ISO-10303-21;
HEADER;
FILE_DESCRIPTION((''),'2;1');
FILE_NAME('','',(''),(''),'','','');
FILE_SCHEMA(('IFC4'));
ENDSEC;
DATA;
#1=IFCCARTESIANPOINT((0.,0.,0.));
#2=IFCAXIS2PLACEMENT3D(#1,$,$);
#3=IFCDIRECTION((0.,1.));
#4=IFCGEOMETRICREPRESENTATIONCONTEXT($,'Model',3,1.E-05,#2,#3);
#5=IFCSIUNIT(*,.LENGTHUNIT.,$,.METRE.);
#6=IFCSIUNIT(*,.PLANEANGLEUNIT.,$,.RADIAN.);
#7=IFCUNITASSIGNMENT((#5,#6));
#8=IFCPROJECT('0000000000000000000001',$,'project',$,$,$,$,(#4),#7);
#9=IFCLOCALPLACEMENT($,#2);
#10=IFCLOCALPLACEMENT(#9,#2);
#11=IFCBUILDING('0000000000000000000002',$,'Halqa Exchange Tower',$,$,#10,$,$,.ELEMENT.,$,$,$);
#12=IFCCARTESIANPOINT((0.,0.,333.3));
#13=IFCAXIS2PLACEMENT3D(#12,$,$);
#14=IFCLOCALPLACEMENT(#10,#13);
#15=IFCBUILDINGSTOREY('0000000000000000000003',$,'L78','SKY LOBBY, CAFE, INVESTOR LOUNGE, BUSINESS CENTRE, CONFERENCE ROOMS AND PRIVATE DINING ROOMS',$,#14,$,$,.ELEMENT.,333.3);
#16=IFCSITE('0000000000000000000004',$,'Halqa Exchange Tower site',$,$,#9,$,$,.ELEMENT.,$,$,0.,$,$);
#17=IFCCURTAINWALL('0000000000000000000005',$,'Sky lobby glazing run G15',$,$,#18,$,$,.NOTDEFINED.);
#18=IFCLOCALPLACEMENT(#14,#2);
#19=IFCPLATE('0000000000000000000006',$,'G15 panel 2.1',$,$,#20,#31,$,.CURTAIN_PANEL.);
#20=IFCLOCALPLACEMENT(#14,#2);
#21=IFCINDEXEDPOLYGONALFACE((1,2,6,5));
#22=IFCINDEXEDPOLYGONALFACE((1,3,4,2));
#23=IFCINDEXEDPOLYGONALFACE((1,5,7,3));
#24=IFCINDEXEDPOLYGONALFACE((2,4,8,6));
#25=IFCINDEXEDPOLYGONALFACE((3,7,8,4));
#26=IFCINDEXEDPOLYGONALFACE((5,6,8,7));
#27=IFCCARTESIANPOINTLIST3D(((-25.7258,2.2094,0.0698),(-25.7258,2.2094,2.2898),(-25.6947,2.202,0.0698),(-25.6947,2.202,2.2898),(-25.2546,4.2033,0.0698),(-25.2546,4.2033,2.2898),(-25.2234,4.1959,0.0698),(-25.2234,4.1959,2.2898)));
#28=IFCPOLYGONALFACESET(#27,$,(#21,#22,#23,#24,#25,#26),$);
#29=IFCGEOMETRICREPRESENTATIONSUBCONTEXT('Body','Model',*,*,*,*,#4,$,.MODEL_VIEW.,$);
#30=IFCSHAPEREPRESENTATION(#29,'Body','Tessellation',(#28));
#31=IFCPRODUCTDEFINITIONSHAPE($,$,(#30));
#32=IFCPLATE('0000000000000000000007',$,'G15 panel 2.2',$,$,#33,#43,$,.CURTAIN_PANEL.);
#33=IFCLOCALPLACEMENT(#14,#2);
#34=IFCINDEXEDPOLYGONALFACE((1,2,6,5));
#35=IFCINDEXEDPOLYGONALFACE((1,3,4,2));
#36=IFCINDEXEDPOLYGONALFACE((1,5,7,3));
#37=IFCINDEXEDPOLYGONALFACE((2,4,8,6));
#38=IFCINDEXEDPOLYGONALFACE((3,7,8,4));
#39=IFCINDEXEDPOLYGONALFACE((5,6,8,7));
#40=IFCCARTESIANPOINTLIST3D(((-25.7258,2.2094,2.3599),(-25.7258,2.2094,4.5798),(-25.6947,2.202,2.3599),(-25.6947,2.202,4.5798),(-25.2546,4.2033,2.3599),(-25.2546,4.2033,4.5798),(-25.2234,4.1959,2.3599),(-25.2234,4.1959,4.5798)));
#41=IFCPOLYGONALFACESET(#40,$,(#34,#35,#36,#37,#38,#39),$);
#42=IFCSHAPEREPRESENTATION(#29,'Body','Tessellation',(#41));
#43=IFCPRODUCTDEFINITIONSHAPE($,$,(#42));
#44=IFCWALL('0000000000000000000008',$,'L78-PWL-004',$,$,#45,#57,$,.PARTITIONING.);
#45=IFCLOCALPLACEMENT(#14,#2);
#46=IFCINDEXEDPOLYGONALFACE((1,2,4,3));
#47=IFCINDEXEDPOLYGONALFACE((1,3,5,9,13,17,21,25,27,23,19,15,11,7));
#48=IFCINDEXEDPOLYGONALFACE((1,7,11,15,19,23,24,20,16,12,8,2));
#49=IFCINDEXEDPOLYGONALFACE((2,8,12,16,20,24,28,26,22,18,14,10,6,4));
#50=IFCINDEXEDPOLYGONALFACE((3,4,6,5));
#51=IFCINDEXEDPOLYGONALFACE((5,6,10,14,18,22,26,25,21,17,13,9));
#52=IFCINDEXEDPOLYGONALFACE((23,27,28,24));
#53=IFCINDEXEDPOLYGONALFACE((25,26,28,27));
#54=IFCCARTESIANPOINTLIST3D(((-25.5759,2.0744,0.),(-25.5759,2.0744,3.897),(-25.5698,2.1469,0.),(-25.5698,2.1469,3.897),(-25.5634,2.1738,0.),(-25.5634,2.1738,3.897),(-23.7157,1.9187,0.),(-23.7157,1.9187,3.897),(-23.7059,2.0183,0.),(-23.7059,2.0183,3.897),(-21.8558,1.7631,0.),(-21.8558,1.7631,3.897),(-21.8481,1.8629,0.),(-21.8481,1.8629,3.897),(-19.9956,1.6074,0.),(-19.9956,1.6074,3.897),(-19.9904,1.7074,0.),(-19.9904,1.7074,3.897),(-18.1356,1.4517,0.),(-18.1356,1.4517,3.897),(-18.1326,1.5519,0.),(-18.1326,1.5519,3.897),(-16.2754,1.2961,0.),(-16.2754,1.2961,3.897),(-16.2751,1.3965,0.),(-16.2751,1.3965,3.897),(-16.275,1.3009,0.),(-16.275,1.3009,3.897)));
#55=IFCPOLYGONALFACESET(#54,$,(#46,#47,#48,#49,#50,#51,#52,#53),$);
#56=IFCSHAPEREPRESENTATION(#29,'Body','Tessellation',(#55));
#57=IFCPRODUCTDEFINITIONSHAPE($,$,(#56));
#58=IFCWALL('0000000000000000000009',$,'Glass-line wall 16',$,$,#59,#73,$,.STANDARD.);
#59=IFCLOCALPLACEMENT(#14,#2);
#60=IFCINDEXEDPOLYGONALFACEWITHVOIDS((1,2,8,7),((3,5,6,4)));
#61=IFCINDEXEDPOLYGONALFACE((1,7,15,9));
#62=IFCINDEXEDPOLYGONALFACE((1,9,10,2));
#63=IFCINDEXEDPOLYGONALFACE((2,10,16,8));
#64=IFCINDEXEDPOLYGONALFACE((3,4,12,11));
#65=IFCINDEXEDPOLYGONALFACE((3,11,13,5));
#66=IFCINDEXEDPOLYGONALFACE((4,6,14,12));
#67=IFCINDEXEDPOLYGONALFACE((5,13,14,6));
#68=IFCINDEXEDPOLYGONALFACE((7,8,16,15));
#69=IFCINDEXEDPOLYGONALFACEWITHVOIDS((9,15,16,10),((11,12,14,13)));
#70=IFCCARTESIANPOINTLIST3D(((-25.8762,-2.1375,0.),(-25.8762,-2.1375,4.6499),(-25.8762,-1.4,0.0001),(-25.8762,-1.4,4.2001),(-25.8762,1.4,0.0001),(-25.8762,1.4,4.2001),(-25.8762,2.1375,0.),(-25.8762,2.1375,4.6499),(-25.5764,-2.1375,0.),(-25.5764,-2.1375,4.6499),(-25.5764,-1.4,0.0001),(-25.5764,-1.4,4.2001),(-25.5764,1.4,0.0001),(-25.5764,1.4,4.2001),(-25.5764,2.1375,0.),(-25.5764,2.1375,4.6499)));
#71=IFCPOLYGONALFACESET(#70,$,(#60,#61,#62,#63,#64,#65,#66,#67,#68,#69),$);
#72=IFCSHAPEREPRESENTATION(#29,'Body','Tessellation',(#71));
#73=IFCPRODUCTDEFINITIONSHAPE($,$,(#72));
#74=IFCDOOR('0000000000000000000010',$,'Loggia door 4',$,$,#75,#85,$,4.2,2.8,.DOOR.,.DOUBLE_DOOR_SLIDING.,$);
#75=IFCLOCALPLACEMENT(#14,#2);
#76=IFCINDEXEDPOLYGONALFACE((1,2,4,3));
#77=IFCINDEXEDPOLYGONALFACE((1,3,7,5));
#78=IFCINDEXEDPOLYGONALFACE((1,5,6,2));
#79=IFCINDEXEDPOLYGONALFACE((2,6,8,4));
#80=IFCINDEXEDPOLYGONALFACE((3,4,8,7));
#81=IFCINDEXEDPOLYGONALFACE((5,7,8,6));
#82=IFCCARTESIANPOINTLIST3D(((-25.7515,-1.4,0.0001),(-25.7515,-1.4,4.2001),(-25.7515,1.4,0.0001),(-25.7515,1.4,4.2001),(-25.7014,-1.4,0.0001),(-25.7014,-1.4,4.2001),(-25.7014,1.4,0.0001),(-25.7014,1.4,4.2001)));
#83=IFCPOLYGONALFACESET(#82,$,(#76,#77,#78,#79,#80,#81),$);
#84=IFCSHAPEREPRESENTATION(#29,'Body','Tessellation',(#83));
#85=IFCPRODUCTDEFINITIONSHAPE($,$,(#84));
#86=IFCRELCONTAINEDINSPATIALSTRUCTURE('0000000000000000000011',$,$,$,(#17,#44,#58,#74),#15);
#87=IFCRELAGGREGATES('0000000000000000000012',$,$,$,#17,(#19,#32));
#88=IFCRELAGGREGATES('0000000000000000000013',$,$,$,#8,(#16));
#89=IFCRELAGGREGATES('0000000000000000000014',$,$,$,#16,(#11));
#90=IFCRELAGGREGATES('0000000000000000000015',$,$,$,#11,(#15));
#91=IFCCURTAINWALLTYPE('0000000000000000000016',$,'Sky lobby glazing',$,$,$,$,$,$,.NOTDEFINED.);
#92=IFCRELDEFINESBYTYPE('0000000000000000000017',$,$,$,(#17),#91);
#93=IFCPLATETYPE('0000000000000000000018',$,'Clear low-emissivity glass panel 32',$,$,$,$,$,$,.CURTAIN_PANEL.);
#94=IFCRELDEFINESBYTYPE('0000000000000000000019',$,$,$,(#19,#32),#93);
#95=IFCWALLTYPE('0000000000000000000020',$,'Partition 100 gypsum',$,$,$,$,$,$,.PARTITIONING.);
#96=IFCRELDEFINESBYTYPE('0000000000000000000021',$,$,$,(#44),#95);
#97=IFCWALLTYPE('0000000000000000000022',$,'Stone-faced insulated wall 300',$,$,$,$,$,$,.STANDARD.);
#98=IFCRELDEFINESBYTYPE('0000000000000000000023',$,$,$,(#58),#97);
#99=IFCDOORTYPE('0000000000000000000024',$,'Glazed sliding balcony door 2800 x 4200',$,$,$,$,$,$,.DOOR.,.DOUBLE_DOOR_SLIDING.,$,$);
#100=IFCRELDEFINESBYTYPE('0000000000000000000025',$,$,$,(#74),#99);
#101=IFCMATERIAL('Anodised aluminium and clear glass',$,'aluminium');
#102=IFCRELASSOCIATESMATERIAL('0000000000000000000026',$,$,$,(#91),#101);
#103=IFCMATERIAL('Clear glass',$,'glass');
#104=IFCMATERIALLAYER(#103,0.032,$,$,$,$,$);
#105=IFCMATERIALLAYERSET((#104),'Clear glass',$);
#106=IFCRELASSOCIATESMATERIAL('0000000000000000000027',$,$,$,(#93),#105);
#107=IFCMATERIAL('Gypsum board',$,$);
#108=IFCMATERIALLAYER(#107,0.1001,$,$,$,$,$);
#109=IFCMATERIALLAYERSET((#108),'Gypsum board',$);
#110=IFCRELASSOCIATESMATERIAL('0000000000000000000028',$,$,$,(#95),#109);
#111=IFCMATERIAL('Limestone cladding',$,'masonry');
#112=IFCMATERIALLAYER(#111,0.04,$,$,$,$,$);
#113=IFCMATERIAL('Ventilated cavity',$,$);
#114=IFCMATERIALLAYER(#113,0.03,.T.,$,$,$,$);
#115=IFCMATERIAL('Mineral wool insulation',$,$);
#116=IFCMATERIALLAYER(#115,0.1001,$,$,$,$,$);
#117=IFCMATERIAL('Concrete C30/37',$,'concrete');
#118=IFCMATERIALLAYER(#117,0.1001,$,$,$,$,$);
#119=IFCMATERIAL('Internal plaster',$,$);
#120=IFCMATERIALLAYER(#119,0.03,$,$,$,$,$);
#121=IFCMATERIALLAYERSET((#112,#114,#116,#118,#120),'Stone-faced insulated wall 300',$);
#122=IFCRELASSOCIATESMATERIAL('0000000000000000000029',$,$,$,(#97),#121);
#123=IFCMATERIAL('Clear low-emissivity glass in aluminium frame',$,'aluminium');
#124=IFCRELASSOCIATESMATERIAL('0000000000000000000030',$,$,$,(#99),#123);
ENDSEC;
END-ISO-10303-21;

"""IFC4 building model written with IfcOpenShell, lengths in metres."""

from ifc_helpers import new_model, si_unit, direction, frame, frame_2d, origin, origin_2d, place, context, subcontext, project, spatial, polyline, rectangle, outline, extrude, material, layer, layer_set, type_object, element, fill, aggregate, save


model = new_model("IFC4")

# Units and contexts
model_context = context("Model", 3, precision=1e-05, world=origin(), true_north=direction((0.0, 1.0)))
body_context = subcontext(model_context, "Body", "Model", "MODEL_VIEW")
ifc_project = project(units=[si_unit("LENGTHUNIT", "METRE"), si_unit("PLANEANGLEUNIT", "RADIAN")], contexts=[model_context])

# Site, building, storey
site_placement = place(None, origin())
site = spatial("IfcSite", under=ifc_project, at=site_placement, Name="Halqa Exchange Tower site", CompositionType="ELEMENT", RefElevation=0.0)
building_placement = place(site_placement, origin())
building = spatial("IfcBuilding", under=site, at=building_placement, Name="Halqa Exchange Tower", CompositionType="ELEMENT")
storey_placement = place(building_placement, frame((0.0, 0.0, 333.3)))
storey = spatial("IfcBuildingStorey", under=building, at=storey_placement, Name="L78", Description="SKY LOBBY, CAFE, INVESTOR LOUNGE, BUSINESS CENTRE, CONFERENCE ROOMS AND PRIVATE DINING ROOMS", CompositionType="ELEMENT", Elevation=333.3)

# Curtain wall
ifc_material_1 = material(Name="Anodised aluminium and clear glass", Category="aluminium")
curtain_wall_type = type_object("IfcCurtainWallType", Name="Sky lobby glazing", PredefinedType="NOTDEFINED", material=ifc_material_1)
curtain_wall_1_placement = place(storey_placement, origin())
curtain_wall_1 = element("IfcCurtainWall", 1, at=curtain_wall_1_placement, inside=storey, type_object=curtain_wall_type, Name="Sky lobby glazing run G15", PredefinedType="NOTDEFINED")

# Plates
ifc_material_2 = material(Name="Clear glass", Category="glass")
ifc_layer_1 = layer(ifc_material_2, 0.032)
ifc_layer_set_1 = layer_set([ifc_layer_1], Name="Clear glass")
plate_type = type_object("IfcPlateType", Name="Clear low-emissivity glass panel 32", PredefinedType="CURTAIN_PANEL", material=ifc_layer_set_1)
plate_1_placement = place(storey_placement, frame((-25.4746, 3.2026, 0.0698), z_axis=(0.0, 0.0, 1.0), x_axis=(-0.229995, -0.973192, 0.0)))
plate_1 = element("IfcPlate", 2, at=plate_1_placement, type_object=plate_type, Name="G15 panel 2.1", PredefinedType="CURTAIN_PANEL", context=body_context, shape_type="SweptSolid", body=[
    extrude(rectangle(XDim=2.0488, YDim=0.032, at=origin_2d()), origin(), (0.0, 0.0, 1.0), 2.22),
])
plate_2_placement = place(storey_placement, frame((-25.4746, 3.2026, 2.3599), z_axis=(0.0, 0.0, 1.0), x_axis=(-0.229995, -0.973192, 0.0)))
plate_2 = element("IfcPlate", 3, at=plate_2_placement, type_object=plate_type, Name="G15 panel 2.2", PredefinedType="CURTAIN_PANEL", context=body_context, shape_type="SweptSolid", body=[
    extrude(rectangle(XDim=2.0488, YDim=0.032, at=origin_2d()), origin(), (0.0, 0.0, 1.0), 2.22),
])
aggregate(curtain_wall_1, [plate_1, plate_2])

# Wall
ifc_material_3 = material(Name="Gypsum board")
ifc_layer_2 = layer(ifc_material_3, 0.1001)
ifc_layer_set_2 = layer_set([ifc_layer_2], Name="Gypsum board")
wall_type_1 = type_object("IfcWallType", Name="Partition 100 gypsum", PredefinedType="PARTITIONING", material=ifc_layer_set_2)
wall_1_placement = place(storey_placement, frame((-16.2712, 1.3459, 0.0), z_axis=(0.0, 0.0, 1.0), x_axis=(-0.996517, 0.083394, 0.0)))
element("IfcWall", 4, at=wall_1_placement, inside=storey, type_object=wall_type_1, Name="L78-PWL-004", PredefinedType="PARTITIONING", context=body_context, shape_type="SweptSolid", body=[
    extrude(outline(polyline([(0.0081, -0.05), (1.8721, -0.05), (3.7363, -0.05), (5.6006, -0.05), (7.4648, -0.05), (9.3289, -0.05), (9.333, -0.0227), (9.333, 0.05), (7.4663, 0.05), (5.5999, 0.05), (3.7332, 0.05), (1.8667, 0.05), (0.0, 0.05), (0.0, 0.0452), (0.0081, -0.05)])), origin(), (0.0, 0.0, 1.0), 3.897),
])

# Wall, opening, door
ifc_material_4 = material(Name="Limestone cladding", Category="masonry")
ifc_layer_3 = layer(ifc_material_4, 0.04)
ifc_material_5 = material(Name="Ventilated cavity")
ifc_layer_4 = layer(ifc_material_5, 0.03, ventilated=True)
ifc_material_6 = material(Name="Mineral wool insulation")
ifc_layer_5 = layer(ifc_material_6, 0.1001)
ifc_material_7 = material(Name="Concrete C30/37", Category="concrete")
ifc_layer_6 = layer(ifc_material_7, 0.1001)
ifc_material_8 = material(Name="Internal plaster")
ifc_layer_7 = layer(ifc_material_8, 0.03)
ifc_layer_set_3 = layer_set([ifc_layer_3, ifc_layer_4, ifc_layer_5, ifc_layer_6, ifc_layer_7], Name="Stone-faced insulated wall 300")
wall_type_2 = type_object("IfcWallType", Name="Stone-faced insulated wall 300", PredefinedType="STANDARD", material=ifc_layer_set_3)
wall_2_placement = place(storey_placement, frame((-25.7263, 2.1375, 0.0), z_axis=(0.0, 0.0, 1.0), x_axis=(0.0, -1.0, 0.0)))
wall_2 = element("IfcWall", 5, at=wall_2_placement, inside=storey, type_object=wall_type_2, Name="Glass-line wall 16", PredefinedType="STANDARD", context=body_context, shape_type="SweptSolid", body=[
    extrude(outline(polyline([(0.0, -0.1499), (4.2749, -0.1499), (4.2749, 0.1499), (0.0, 0.1499), (0.0, -0.1499)])), origin(), (0.0, 0.0, 1.0), 4.6499),
])
opening_placement = place(wall_2_placement, frame((0.7375, 0.0, 0.0)))
opening = element("IfcOpeningElement", 6, at=opening_placement, cuts=wall_2, PredefinedType="OPENING", context=body_context, shape_type="SweptSolid", body=[
    extrude(rectangle(XDim=2.8, YDim=4.2, at=frame_2d((1.3999, 2.1001))), frame((0.0, 0.1621, 0.0), z_axis=(0.0, -1.0, 0.0), x_axis=(1.0, 0.0, 0.0)), (0.0, 0.0, 1.0), 0.324),
])
ifc_material_9 = material(Name="Clear low-emissivity glass in aluminium frame", Category="aluminium")
door_type = type_object("IfcDoorType", Name="Glazed sliding balcony door 2800 x 4200", OperationType="DOUBLE_DOOR_SLIDING", PredefinedType="DOOR", material=ifc_material_9)
door_placement = place(opening_placement, origin())
door = element("IfcDoor", 7, at=door_placement, inside=storey, type_object=door_type, Name="Loggia door 4", OperationType="DOUBLE_DOOR_SLIDING", OverallHeight=4.2, OverallWidth=2.8, PredefinedType="DOOR", context=body_context, shape_type="SweptSolid", body=[
    extrude(rectangle(XDim=2.8, YDim=4.2, at=frame_2d((1.3999, 2.1001))), frame((0.0, 0.0249, 0.0), z_axis=(0.0, -1.0, 0.0), x_axis=(1.0, 0.0, 0.0)), (0.0, 0.0, 1.0), 0.05),
])
fill(opening, door)

save(model, "model.ifc")
